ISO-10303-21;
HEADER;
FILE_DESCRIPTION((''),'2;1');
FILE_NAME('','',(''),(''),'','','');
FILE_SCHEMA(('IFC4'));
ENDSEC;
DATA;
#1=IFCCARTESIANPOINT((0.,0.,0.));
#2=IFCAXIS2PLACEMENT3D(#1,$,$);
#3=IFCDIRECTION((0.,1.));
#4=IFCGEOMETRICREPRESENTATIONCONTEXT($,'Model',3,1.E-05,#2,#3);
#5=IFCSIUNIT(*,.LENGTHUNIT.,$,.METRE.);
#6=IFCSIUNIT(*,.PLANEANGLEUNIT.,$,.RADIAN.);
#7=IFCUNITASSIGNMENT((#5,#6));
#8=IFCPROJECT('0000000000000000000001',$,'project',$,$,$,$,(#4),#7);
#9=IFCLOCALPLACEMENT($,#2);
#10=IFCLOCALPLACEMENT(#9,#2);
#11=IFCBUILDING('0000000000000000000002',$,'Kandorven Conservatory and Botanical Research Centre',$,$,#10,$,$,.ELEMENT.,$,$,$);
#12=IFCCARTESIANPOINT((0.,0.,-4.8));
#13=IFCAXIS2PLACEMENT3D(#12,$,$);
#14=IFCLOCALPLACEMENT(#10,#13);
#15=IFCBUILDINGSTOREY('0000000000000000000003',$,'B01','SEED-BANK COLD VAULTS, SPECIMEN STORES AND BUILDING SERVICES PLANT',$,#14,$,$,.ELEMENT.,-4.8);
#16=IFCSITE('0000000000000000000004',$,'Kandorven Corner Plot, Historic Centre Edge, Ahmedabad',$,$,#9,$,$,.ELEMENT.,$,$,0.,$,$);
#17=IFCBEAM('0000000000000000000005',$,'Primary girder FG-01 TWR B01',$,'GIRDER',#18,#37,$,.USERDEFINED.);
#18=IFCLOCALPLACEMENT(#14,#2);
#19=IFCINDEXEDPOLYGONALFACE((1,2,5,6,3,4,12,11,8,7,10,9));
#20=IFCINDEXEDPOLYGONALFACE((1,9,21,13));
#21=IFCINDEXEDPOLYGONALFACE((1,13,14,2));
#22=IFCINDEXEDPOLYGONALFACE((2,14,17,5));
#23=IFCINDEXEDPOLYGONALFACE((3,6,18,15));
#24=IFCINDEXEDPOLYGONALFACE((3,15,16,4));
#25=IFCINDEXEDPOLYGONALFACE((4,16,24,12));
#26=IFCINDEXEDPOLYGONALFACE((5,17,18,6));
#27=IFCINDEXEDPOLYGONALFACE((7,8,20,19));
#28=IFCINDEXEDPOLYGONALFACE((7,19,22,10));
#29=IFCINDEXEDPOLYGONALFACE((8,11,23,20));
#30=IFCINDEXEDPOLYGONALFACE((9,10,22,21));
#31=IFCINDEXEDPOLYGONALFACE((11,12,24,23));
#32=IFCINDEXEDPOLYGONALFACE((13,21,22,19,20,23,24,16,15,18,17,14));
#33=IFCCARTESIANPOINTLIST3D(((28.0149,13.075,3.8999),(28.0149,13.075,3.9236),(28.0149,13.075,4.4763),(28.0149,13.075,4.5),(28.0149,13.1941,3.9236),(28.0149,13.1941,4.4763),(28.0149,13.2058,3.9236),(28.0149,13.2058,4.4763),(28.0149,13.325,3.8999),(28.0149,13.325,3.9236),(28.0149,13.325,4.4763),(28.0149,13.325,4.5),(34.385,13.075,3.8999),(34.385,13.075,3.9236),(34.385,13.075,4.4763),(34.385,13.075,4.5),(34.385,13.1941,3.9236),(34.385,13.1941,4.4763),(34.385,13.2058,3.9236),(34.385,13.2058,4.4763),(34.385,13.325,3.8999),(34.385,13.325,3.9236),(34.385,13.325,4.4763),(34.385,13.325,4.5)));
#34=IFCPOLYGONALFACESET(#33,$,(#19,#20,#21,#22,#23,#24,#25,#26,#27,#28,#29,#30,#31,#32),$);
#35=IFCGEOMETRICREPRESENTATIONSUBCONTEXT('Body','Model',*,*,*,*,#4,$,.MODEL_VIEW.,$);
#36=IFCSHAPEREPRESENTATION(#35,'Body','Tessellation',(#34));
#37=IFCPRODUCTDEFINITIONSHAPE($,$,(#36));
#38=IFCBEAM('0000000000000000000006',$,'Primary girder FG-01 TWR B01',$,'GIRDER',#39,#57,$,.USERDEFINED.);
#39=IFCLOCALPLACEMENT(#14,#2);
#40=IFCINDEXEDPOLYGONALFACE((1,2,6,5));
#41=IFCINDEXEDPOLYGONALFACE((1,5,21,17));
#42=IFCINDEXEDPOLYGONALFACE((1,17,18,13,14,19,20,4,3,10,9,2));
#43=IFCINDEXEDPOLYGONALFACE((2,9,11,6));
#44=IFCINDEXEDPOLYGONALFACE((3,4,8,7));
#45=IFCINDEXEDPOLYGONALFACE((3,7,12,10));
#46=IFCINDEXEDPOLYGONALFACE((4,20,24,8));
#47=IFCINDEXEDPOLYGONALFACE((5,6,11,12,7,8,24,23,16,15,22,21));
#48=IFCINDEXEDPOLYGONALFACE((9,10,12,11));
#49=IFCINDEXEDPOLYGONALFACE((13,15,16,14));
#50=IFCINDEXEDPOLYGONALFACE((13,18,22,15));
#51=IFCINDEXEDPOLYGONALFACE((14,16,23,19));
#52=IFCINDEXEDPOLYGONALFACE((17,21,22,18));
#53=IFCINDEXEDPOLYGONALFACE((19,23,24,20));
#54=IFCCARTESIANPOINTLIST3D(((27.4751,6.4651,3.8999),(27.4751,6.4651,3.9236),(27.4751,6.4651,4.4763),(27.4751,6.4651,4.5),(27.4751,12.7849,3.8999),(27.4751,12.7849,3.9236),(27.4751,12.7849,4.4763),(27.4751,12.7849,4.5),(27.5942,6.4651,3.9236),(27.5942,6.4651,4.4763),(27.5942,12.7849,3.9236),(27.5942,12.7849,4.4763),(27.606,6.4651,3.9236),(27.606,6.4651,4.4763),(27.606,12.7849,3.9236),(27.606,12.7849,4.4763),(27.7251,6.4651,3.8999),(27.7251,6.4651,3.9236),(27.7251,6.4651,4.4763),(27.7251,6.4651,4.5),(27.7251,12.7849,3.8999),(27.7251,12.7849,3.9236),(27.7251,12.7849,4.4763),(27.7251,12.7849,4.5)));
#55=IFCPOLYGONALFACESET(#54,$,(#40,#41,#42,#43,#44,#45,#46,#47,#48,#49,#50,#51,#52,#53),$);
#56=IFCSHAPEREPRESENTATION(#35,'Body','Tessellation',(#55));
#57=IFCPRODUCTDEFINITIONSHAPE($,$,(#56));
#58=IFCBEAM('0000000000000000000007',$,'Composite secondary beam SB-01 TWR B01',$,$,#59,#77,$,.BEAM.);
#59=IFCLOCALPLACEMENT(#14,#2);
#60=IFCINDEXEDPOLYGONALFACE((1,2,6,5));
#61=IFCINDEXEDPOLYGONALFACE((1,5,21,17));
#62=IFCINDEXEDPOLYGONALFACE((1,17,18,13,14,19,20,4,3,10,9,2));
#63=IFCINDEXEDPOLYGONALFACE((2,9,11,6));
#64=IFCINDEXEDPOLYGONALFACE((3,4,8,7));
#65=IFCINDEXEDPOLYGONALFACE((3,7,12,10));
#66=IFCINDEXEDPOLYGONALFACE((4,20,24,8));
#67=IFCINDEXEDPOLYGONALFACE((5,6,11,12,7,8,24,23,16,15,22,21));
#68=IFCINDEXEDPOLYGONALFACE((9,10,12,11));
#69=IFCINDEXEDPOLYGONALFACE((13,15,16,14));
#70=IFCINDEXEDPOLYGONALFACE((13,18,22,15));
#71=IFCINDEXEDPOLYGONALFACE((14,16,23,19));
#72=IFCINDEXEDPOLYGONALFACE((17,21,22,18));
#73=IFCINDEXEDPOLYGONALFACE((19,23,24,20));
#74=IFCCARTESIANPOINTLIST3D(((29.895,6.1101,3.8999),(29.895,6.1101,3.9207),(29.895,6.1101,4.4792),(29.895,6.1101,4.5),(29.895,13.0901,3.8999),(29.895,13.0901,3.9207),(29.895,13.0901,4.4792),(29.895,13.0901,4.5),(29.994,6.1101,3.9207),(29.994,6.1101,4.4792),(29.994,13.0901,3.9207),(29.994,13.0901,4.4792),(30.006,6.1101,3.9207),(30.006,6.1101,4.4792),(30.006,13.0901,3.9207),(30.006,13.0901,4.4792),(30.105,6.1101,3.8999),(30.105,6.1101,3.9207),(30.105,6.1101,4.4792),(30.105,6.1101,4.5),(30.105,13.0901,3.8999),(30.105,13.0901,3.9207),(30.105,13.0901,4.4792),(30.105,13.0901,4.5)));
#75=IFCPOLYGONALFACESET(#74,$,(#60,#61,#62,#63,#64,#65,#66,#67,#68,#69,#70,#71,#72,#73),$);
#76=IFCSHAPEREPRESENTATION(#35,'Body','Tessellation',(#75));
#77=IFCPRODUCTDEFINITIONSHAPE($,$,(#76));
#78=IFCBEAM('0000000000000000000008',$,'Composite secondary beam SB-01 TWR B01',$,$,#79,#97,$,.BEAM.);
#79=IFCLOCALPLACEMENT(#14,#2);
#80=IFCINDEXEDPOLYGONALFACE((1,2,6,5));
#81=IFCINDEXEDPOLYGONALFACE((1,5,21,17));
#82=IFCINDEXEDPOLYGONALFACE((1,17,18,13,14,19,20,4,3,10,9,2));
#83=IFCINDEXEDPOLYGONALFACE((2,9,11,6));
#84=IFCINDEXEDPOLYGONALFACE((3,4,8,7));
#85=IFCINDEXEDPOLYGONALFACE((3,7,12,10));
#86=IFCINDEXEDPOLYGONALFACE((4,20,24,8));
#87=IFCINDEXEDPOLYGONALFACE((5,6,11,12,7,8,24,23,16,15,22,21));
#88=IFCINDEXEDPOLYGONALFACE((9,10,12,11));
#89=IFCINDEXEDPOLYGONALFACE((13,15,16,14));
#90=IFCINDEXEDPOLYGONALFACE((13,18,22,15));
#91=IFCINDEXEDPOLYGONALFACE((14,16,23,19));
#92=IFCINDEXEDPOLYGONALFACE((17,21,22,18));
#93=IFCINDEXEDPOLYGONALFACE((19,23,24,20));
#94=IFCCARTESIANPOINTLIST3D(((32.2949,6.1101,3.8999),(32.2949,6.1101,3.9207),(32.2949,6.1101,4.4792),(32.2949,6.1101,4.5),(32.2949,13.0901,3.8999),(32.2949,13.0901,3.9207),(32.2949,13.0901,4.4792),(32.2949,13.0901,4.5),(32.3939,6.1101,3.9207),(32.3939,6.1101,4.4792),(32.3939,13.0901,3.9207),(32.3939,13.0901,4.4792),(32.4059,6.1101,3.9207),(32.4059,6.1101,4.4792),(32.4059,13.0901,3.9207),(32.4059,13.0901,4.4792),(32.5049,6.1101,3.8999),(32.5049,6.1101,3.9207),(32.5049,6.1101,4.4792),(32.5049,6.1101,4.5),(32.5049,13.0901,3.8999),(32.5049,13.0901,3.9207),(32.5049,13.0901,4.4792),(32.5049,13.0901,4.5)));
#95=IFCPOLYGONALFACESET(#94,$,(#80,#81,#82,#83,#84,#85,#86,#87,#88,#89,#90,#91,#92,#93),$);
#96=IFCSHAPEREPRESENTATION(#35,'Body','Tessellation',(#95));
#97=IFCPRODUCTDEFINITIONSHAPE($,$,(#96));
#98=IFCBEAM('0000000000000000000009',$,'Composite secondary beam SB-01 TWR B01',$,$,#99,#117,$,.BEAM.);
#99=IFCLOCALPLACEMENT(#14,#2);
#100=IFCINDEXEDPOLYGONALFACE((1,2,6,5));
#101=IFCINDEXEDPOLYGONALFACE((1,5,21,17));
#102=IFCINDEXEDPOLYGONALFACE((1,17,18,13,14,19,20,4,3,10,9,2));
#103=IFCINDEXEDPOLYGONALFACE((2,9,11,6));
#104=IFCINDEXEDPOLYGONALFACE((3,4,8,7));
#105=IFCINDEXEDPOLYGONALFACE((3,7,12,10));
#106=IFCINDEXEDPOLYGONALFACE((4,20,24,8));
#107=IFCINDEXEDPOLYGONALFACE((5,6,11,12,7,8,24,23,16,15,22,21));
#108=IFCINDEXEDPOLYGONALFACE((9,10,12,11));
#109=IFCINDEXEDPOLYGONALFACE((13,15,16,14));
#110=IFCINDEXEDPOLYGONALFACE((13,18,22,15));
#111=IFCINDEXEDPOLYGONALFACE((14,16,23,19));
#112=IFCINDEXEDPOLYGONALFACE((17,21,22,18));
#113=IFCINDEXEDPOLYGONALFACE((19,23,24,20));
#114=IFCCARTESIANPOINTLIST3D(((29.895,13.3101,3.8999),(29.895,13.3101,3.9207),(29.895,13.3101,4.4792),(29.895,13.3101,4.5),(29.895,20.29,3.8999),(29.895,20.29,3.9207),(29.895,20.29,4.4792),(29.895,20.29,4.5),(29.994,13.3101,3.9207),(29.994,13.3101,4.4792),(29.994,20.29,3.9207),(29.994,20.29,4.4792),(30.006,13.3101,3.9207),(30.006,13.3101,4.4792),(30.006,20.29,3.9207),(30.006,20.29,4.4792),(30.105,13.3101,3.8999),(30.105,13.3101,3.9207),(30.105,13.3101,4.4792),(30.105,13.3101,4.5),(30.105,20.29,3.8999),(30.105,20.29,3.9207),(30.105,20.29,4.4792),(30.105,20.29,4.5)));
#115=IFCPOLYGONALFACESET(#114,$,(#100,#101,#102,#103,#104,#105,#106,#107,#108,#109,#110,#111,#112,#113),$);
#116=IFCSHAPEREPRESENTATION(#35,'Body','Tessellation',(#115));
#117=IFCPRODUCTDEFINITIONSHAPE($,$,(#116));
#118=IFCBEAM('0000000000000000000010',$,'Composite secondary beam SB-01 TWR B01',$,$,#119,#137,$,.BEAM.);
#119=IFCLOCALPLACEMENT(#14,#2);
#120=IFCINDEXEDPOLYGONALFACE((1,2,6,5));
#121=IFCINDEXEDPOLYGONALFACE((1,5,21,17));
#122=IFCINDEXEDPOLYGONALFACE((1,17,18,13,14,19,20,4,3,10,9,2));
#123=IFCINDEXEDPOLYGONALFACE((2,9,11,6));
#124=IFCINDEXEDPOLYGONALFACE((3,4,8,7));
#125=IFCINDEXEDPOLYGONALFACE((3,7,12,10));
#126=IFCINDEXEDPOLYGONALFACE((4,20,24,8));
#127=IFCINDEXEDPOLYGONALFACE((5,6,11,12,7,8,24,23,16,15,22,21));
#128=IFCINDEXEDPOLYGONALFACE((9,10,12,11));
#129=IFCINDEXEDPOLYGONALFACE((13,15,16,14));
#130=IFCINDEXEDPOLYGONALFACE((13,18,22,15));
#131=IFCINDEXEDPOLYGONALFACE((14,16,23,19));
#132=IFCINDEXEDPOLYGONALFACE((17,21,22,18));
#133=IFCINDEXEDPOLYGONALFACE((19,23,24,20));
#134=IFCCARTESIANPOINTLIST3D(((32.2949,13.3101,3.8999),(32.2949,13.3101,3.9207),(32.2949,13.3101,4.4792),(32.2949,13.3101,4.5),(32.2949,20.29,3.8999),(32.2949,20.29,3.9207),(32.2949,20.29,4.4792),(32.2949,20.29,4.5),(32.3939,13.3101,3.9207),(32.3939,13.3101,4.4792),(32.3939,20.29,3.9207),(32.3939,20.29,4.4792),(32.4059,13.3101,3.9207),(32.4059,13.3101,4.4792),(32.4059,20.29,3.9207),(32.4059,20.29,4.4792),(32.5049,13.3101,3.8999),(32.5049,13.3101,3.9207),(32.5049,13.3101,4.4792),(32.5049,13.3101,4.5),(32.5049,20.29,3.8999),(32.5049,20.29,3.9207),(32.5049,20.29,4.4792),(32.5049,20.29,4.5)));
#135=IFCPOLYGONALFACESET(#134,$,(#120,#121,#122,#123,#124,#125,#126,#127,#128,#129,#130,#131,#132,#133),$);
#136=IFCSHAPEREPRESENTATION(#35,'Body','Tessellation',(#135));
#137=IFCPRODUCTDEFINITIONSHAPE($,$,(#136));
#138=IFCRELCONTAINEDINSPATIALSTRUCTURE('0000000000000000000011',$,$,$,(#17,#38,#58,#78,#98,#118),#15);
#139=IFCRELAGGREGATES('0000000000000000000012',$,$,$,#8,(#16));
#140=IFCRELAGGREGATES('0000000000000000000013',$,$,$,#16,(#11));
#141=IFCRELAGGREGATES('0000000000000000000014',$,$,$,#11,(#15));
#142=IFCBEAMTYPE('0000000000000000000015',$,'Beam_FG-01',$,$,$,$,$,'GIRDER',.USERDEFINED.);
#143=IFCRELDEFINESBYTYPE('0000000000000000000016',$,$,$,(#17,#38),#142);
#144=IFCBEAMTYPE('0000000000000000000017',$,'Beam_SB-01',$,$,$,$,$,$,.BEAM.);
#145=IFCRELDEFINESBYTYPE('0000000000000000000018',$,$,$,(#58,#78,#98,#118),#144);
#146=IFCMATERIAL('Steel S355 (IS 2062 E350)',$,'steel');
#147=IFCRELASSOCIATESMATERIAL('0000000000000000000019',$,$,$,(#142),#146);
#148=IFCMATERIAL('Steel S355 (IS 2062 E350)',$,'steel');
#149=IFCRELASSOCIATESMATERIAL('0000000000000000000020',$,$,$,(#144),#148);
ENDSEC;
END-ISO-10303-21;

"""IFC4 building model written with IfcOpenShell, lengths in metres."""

from ifc_helpers import new_model, si_unit, direction, frame, origin, origin_2d, place, context, subcontext, project, spatial, i_section, extrude, material, material_profile, profile_set, type_object, element, save


model = new_model("IFC4")

# Units and contexts
model_context = context("Model", 3, precision=1e-05, world=origin(), true_north=direction((0.0, 1.0)))
body_context = subcontext(model_context, "Body", "Model", "MODEL_VIEW")
ifc_project = project(units=[si_unit("LENGTHUNIT", "METRE"), si_unit("PLANEANGLEUNIT", "RADIAN")], contexts=[model_context])

# Site, building, storey
site_placement = place(None, origin())
site = spatial("IfcSite", under=ifc_project, at=site_placement, Name="Kandorven Corner Plot, Historic Centre Edge, Ahmedabad", CompositionType="ELEMENT", RefElevation=0.0)
building_placement = place(site_placement, origin())
building = spatial("IfcBuilding", under=site, at=building_placement, Name="Kandorven Conservatory and Botanical Research Centre", CompositionType="ELEMENT")
storey_placement = place(building_placement, frame((0.0, 0.0, -4.8)))
storey = spatial("IfcBuildingStorey", under=building, at=storey_placement, Name="B01", Description="SEED-BANK COLD VAULTS, SPECIMEN STORES AND BUILDING SERVICES PLANT", CompositionType="ELEMENT", Elevation=-4.8)

# Beams
ifc_material_1 = material(Name="Steel S355 (IS 2062 E350)", Category="steel")
ifc_material_profile_1 = material_profile(ifc_material_1, i_section(OverallWidth=0.25, OverallDepth=0.6001, WebThickness=0.0117, FlangeThickness=0.0237, at=origin_2d()))
ifc_profile_set_1 = profile_set([ifc_material_profile_1], Name="Steel S355 (IS 2062 E350)")
beam_type_1 = type_object("IfcBeamType", Name="Beam_FG-01", ElementType="GIRDER", PredefinedType="USERDEFINED", material=ifc_profile_set_1)
beam_1_placement = place(storey_placement, frame((28.0149, 13.2, 4.2), z_axis=(1.0, 0.0, 0.0), x_axis=(0.0, 1.0, 0.0)))
element("IfcBeam", 1, at=beam_1_placement, inside=storey, type_object=beam_type_1, Name="Primary girder FG-01 TWR B01", ObjectType="GIRDER", PredefinedType="USERDEFINED", context=body_context, shape_type="SweptSolid", body=[
    extrude(i_section(OverallWidth=0.25, OverallDepth=0.6001, WebThickness=0.0117, FlangeThickness=0.0237, at=origin_2d()), origin(), (0.0, 0.0, 1.0), 6.3701),
])
beam_2_placement = place(storey_placement, frame((27.6001, 6.4651, 4.2), z_axis=(0.0, 1.0, 0.0), x_axis=(-1.0, 0.0, 0.0)))
element("IfcBeam", 2, at=beam_2_placement, inside=storey, type_object=beam_type_1, Name="Primary girder FG-01 TWR B01", ObjectType="GIRDER", PredefinedType="USERDEFINED", context=body_context, shape_type="SweptSolid", body=[
    extrude(i_section(OverallWidth=0.25, OverallDepth=0.6001, WebThickness=0.0117, FlangeThickness=0.0237, at=origin_2d()), origin(), (0.0, 0.0, 1.0), 6.3198),
])
ifc_material_2 = material(Name="Steel S355 (IS 2062 E350)", Category="steel")
ifc_material_profile_2 = material_profile(ifc_material_2, i_section(OverallWidth=0.21, OverallDepth=0.6001, WebThickness=0.012, FlangeThickness=0.0208, at=origin_2d()))
ifc_profile_set_2 = profile_set([ifc_material_profile_2], Name="Steel S355 (IS 2062 E350)")
beam_type_2 = type_object("IfcBeamType", Name="Beam_SB-01", PredefinedType="BEAM", material=ifc_profile_set_2)
for number, where, z_axis, x_axis, name in (
    (3, (30.0, 6.1101, 4.2), (0.0, 1.0, 0.0), (-1.0, 0.0, 0.0), "Composite secondary beam SB-01 TWR B01"),
    (4, (32.3999, 6.1101, 4.2), (0.0, 1.0, 0.0), (-1.0, 0.0, 0.0), "Composite secondary beam SB-01 TWR B01"),
    (5, (30.0, 13.3101, 4.2), (0.0, 1.0, 0.0), (-1.0, 0.0, 0.0), "Composite secondary beam SB-01 TWR B01"),
    (6, (32.3999, 13.3101, 4.2), (0.0, 1.0, 0.0), (-1.0, 0.0, 0.0), "Composite secondary beam SB-01 TWR B01"),
):
    element("IfcBeam", number, at=place(storey_placement, frame(where, z_axis=z_axis, x_axis=x_axis)), inside=storey, type_object=beam_type_2, Name=name, PredefinedType="BEAM", context=body_context, shape_type="SweptSolid", body=[
        extrude(i_section(OverallWidth=0.21, OverallDepth=0.6001, WebThickness=0.012, FlangeThickness=0.0208, at=origin_2d()), origin(), (0.0, 0.0, 1.0), 6.98),
    ])

save(model, "model.ifc")
